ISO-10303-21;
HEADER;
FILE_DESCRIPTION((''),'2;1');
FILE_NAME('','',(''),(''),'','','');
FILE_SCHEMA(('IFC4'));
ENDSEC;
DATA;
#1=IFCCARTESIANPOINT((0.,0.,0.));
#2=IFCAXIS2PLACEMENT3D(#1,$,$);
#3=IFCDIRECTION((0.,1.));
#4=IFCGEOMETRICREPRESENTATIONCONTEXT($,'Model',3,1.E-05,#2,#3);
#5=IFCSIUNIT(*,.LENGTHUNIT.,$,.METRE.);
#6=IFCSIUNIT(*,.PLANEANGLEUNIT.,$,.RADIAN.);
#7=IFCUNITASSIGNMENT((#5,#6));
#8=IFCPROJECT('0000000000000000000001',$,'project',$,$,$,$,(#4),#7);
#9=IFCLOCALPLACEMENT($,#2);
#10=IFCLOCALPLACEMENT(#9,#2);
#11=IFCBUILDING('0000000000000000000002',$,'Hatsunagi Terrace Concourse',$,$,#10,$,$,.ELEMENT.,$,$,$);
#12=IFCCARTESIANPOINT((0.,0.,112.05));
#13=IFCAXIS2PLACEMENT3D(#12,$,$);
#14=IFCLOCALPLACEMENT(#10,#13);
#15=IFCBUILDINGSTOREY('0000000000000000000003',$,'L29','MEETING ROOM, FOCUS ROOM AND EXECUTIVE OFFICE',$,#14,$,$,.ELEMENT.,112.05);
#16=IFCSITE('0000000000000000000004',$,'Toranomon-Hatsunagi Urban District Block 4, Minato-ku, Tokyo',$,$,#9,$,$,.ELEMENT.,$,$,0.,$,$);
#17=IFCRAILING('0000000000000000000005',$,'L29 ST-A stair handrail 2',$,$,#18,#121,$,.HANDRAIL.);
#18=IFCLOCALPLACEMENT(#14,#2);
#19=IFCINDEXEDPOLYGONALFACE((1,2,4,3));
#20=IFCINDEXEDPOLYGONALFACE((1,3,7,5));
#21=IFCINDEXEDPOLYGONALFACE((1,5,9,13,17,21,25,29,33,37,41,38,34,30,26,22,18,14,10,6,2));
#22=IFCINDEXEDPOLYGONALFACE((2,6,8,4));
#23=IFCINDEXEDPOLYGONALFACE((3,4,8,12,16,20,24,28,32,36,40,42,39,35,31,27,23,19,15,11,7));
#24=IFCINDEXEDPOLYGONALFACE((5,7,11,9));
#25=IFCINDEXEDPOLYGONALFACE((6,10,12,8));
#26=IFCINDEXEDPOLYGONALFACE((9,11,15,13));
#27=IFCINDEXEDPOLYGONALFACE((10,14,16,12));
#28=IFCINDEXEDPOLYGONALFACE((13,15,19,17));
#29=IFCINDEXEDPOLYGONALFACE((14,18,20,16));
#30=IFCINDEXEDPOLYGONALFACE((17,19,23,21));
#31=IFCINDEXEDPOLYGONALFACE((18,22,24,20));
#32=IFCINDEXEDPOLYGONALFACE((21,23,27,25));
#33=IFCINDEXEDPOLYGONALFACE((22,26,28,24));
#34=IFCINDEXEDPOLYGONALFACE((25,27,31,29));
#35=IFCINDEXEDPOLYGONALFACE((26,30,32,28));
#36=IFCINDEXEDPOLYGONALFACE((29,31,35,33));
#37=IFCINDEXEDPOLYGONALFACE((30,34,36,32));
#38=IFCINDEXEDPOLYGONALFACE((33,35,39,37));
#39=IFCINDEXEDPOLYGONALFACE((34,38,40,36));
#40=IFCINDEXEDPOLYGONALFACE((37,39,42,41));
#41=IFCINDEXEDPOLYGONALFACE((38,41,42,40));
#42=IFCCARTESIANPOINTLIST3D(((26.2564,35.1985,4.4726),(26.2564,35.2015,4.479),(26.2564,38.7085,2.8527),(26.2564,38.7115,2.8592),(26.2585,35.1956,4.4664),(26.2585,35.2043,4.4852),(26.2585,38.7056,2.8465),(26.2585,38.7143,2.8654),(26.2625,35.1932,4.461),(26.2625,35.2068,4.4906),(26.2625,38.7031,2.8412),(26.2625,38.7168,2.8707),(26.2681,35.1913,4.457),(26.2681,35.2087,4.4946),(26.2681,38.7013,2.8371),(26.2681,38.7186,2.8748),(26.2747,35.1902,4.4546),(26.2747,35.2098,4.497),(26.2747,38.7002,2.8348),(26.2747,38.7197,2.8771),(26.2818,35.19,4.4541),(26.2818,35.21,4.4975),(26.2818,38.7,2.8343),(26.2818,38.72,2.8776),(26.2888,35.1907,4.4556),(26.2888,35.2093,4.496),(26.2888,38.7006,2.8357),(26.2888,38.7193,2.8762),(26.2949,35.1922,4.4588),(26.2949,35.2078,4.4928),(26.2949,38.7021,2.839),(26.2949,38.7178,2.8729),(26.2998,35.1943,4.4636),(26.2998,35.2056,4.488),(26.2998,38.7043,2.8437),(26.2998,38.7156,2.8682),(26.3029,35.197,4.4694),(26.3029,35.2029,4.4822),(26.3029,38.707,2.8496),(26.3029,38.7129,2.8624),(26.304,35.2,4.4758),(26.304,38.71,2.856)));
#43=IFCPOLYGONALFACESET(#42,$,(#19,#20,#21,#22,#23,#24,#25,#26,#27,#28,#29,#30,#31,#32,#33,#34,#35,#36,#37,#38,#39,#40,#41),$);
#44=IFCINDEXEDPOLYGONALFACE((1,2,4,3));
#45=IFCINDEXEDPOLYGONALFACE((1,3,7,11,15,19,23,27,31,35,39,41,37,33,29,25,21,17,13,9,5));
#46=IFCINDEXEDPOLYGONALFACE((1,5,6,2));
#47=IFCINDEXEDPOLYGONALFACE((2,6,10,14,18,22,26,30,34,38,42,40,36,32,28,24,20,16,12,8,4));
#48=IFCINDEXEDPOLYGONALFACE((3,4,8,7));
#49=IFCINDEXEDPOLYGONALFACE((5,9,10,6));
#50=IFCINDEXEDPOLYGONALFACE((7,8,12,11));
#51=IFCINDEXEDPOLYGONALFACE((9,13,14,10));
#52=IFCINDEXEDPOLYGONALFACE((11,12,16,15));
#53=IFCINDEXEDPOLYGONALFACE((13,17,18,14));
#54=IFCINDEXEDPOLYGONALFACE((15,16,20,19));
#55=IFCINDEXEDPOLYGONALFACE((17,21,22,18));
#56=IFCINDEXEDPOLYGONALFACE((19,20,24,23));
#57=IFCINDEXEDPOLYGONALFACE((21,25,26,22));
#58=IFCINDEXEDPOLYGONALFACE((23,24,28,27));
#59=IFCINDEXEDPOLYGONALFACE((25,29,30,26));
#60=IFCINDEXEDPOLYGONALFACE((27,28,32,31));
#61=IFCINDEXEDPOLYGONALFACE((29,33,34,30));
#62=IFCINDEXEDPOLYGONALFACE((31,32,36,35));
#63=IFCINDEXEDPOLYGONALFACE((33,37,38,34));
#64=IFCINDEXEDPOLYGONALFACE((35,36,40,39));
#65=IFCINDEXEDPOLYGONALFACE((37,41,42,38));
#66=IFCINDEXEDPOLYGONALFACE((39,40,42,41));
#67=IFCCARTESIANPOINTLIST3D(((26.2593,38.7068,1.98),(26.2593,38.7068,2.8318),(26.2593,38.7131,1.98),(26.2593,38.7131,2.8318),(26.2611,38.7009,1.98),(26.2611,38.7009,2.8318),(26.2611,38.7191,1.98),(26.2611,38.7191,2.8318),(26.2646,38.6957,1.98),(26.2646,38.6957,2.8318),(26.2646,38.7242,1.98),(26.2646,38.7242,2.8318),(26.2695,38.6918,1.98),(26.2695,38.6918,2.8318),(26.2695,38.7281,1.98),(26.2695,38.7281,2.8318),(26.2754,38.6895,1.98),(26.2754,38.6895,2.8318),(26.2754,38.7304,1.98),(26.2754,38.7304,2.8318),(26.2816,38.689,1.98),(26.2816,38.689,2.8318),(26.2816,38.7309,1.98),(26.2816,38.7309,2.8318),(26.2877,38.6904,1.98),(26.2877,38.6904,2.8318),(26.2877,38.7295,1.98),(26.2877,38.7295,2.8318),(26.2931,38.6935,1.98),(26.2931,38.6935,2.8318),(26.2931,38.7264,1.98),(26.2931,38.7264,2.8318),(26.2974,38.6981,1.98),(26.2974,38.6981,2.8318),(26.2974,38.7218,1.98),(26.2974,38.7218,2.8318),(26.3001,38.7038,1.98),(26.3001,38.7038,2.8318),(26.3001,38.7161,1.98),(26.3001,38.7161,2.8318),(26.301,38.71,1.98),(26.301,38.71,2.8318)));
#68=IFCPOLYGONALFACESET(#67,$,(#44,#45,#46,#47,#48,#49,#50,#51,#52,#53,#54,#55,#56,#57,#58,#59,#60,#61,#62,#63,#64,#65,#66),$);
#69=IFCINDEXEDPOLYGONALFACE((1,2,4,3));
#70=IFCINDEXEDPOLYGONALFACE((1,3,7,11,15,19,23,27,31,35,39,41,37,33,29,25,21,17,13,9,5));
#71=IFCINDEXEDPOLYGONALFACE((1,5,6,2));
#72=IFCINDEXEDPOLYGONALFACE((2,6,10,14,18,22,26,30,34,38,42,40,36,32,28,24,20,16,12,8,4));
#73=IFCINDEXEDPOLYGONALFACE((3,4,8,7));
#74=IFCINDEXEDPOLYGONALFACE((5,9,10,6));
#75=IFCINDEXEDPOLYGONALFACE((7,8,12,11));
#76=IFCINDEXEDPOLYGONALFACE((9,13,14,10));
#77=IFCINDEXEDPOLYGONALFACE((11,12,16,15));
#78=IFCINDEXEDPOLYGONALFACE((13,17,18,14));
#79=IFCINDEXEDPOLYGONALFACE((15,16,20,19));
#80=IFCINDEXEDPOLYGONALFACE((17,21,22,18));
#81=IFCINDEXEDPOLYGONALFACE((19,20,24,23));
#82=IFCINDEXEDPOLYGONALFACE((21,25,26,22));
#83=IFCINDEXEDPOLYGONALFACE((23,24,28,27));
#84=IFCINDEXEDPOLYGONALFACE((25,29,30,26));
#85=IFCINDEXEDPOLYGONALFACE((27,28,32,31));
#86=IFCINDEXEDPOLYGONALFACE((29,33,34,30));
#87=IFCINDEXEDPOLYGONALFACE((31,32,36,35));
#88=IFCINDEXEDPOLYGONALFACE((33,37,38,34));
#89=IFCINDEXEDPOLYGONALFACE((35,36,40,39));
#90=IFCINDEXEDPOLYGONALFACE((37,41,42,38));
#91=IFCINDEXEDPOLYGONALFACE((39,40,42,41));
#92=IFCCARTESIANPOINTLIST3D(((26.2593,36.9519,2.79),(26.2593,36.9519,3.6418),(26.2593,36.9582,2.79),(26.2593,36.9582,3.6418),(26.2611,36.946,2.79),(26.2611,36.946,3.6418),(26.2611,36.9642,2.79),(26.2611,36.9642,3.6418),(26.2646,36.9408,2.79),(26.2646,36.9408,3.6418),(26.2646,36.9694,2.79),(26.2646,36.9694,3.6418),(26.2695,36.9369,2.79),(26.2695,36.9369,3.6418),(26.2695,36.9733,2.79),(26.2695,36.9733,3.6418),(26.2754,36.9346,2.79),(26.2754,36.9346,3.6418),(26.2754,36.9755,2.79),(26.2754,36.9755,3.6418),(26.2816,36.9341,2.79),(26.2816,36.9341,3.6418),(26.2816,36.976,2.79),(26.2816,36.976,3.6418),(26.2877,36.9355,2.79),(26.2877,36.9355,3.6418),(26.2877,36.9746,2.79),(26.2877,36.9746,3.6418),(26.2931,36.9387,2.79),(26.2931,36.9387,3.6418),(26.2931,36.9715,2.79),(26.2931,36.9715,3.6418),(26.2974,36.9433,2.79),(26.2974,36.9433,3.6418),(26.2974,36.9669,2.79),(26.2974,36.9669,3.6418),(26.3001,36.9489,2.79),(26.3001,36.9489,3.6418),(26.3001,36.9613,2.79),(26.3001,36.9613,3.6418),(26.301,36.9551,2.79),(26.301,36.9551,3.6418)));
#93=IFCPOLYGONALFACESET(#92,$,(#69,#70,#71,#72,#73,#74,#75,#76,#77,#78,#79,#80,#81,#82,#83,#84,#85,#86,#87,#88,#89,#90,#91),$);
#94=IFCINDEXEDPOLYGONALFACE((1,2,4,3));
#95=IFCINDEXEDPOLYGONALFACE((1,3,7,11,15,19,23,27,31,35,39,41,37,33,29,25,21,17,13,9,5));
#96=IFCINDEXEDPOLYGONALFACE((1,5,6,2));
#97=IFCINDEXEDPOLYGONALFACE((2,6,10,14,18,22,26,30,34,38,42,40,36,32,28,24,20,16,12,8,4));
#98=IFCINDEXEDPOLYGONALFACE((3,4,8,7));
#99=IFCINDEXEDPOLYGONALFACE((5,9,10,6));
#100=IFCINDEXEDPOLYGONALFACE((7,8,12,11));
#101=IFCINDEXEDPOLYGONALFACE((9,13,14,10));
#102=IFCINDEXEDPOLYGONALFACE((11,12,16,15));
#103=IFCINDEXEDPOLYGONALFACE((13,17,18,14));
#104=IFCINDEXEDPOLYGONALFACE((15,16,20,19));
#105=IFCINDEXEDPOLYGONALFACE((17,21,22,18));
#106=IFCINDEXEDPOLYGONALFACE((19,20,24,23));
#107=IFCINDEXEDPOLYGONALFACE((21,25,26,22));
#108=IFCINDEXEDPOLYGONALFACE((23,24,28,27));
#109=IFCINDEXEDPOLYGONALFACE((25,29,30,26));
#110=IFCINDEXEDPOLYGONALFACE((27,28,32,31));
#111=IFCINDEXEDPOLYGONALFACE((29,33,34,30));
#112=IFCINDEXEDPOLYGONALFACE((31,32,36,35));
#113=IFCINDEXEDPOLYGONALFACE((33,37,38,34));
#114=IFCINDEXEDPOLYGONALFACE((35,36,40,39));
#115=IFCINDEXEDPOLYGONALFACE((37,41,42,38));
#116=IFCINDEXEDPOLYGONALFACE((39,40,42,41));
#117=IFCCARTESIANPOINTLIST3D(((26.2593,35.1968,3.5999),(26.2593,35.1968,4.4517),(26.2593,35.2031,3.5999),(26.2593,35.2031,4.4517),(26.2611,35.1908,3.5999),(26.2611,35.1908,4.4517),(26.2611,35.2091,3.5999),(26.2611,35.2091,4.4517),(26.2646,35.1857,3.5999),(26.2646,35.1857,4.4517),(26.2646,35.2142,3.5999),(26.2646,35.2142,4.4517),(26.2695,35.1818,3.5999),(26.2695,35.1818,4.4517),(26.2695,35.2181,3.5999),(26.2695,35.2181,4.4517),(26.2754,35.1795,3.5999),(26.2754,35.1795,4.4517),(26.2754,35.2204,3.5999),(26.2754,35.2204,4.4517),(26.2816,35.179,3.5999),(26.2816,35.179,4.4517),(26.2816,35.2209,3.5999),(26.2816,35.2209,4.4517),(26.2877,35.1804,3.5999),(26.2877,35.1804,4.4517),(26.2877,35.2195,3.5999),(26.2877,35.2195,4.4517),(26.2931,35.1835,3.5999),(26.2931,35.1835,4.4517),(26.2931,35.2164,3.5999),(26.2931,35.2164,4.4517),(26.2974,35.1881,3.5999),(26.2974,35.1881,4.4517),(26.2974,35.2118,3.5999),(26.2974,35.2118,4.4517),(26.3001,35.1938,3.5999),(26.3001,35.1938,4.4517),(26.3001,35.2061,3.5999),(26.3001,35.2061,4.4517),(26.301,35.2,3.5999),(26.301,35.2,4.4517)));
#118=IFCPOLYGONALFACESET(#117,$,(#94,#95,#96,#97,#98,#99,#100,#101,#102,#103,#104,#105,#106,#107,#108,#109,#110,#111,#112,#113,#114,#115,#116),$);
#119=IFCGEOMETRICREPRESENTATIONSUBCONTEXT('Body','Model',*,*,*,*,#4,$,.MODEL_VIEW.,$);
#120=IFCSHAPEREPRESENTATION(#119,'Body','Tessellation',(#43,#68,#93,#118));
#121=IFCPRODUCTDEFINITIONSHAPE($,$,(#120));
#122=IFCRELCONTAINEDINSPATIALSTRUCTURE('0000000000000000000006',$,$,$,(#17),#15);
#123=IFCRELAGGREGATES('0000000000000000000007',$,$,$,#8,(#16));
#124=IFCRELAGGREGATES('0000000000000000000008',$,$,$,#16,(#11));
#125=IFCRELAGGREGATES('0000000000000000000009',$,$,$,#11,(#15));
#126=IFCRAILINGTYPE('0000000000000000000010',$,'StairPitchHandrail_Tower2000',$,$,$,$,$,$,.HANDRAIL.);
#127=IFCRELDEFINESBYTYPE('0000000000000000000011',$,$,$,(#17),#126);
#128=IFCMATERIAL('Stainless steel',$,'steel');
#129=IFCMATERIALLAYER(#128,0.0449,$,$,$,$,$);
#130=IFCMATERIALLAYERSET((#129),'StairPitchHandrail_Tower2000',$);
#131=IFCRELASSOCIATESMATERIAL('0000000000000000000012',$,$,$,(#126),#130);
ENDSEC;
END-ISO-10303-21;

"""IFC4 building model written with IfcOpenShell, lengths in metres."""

from ifc_helpers import new_model, si_unit, direction, frame, origin, origin_2d, place, context, subcontext, project, spatial, circle, extrude, material, layer, layer_set, type_object, element, save


model = new_model("IFC4")

# Units and contexts
model_context = context("Model", 3, precision=1e-05, world=origin(), true_north=direction((0.0, 1.0)))
body_context = subcontext(model_context, "Body", "Model", "MODEL_VIEW")
ifc_project = project(units=[si_unit("LENGTHUNIT", "METRE"), si_unit("PLANEANGLEUNIT", "RADIAN")], contexts=[model_context])

# Site, building, storey
site_placement = place(None, origin())
site = spatial("IfcSite", under=ifc_project, at=site_placement, Name="Toranomon-Hatsunagi Urban District Block 4, Minato-ku, Tokyo", CompositionType="ELEMENT", RefElevation=0.0)
building_placement = place(site_placement, origin())
building = spatial("IfcBuilding", under=site, at=building_placement, Name="Hatsunagi Terrace Concourse", CompositionType="ELEMENT")
storey_placement = place(building_placement, frame((0.0, 0.0, 112.05)))
storey = spatial("IfcBuildingStorey", under=building, at=storey_placement, Name="L29", Description="MEETING ROOM, FOCUS ROOM AND EXECUTIVE OFFICE", CompositionType="ELEMENT", Elevation=112.05)

# Railing
ifc_material_1 = material(Name="Stainless steel", Category="steel")
ifc_layer_1 = layer(ifc_material_1, 0.0449)
ifc_layer_set_1 = layer_set([ifc_layer_1], Name="StairPitchHandrail_Tower2000")
railing_type_1 = type_object("IfcRailingType", Name="StairPitchHandrail_Tower2000", PredefinedType="HANDRAIL", material=ifc_layer_set_1)
railing_1_placement = place(storey_placement, frame((26.28, 38.71, 1.98)))
element("IfcRailing", 1, at=railing_1_placement, inside=storey, type_object=railing_type_1, Name="L29 ST-A stair handrail 2", PredefinedType="HANDRAIL", context=body_context, shape_type="SweptSolid", body=[
    extrude(circle(Radius=0.0239, at=origin_2d()), frame((0.0, 0.0, 0.876), z_axis=(0.0, -0.907972, 0.41903), x_axis=(1.0, 0.0, 0.0)), (0.0, 0.0, 1.0), 3.8657),
    extrude(circle(Radius=0.021, at=origin_2d()), origin(), (0.0, 0.0, 1.0), 0.8518),
    extrude(circle(Radius=0.021, at=origin_2d()), frame((0.0, -1.7549, 0.8101)), (0.0, 0.0, 1.0), 0.8518),
    extrude(circle(Radius=0.021, at=origin_2d()), frame((0.0, -3.51, 1.6199)), (0.0, 0.0, 1.0), 0.8518),
])

save(model, "model.ifc")
